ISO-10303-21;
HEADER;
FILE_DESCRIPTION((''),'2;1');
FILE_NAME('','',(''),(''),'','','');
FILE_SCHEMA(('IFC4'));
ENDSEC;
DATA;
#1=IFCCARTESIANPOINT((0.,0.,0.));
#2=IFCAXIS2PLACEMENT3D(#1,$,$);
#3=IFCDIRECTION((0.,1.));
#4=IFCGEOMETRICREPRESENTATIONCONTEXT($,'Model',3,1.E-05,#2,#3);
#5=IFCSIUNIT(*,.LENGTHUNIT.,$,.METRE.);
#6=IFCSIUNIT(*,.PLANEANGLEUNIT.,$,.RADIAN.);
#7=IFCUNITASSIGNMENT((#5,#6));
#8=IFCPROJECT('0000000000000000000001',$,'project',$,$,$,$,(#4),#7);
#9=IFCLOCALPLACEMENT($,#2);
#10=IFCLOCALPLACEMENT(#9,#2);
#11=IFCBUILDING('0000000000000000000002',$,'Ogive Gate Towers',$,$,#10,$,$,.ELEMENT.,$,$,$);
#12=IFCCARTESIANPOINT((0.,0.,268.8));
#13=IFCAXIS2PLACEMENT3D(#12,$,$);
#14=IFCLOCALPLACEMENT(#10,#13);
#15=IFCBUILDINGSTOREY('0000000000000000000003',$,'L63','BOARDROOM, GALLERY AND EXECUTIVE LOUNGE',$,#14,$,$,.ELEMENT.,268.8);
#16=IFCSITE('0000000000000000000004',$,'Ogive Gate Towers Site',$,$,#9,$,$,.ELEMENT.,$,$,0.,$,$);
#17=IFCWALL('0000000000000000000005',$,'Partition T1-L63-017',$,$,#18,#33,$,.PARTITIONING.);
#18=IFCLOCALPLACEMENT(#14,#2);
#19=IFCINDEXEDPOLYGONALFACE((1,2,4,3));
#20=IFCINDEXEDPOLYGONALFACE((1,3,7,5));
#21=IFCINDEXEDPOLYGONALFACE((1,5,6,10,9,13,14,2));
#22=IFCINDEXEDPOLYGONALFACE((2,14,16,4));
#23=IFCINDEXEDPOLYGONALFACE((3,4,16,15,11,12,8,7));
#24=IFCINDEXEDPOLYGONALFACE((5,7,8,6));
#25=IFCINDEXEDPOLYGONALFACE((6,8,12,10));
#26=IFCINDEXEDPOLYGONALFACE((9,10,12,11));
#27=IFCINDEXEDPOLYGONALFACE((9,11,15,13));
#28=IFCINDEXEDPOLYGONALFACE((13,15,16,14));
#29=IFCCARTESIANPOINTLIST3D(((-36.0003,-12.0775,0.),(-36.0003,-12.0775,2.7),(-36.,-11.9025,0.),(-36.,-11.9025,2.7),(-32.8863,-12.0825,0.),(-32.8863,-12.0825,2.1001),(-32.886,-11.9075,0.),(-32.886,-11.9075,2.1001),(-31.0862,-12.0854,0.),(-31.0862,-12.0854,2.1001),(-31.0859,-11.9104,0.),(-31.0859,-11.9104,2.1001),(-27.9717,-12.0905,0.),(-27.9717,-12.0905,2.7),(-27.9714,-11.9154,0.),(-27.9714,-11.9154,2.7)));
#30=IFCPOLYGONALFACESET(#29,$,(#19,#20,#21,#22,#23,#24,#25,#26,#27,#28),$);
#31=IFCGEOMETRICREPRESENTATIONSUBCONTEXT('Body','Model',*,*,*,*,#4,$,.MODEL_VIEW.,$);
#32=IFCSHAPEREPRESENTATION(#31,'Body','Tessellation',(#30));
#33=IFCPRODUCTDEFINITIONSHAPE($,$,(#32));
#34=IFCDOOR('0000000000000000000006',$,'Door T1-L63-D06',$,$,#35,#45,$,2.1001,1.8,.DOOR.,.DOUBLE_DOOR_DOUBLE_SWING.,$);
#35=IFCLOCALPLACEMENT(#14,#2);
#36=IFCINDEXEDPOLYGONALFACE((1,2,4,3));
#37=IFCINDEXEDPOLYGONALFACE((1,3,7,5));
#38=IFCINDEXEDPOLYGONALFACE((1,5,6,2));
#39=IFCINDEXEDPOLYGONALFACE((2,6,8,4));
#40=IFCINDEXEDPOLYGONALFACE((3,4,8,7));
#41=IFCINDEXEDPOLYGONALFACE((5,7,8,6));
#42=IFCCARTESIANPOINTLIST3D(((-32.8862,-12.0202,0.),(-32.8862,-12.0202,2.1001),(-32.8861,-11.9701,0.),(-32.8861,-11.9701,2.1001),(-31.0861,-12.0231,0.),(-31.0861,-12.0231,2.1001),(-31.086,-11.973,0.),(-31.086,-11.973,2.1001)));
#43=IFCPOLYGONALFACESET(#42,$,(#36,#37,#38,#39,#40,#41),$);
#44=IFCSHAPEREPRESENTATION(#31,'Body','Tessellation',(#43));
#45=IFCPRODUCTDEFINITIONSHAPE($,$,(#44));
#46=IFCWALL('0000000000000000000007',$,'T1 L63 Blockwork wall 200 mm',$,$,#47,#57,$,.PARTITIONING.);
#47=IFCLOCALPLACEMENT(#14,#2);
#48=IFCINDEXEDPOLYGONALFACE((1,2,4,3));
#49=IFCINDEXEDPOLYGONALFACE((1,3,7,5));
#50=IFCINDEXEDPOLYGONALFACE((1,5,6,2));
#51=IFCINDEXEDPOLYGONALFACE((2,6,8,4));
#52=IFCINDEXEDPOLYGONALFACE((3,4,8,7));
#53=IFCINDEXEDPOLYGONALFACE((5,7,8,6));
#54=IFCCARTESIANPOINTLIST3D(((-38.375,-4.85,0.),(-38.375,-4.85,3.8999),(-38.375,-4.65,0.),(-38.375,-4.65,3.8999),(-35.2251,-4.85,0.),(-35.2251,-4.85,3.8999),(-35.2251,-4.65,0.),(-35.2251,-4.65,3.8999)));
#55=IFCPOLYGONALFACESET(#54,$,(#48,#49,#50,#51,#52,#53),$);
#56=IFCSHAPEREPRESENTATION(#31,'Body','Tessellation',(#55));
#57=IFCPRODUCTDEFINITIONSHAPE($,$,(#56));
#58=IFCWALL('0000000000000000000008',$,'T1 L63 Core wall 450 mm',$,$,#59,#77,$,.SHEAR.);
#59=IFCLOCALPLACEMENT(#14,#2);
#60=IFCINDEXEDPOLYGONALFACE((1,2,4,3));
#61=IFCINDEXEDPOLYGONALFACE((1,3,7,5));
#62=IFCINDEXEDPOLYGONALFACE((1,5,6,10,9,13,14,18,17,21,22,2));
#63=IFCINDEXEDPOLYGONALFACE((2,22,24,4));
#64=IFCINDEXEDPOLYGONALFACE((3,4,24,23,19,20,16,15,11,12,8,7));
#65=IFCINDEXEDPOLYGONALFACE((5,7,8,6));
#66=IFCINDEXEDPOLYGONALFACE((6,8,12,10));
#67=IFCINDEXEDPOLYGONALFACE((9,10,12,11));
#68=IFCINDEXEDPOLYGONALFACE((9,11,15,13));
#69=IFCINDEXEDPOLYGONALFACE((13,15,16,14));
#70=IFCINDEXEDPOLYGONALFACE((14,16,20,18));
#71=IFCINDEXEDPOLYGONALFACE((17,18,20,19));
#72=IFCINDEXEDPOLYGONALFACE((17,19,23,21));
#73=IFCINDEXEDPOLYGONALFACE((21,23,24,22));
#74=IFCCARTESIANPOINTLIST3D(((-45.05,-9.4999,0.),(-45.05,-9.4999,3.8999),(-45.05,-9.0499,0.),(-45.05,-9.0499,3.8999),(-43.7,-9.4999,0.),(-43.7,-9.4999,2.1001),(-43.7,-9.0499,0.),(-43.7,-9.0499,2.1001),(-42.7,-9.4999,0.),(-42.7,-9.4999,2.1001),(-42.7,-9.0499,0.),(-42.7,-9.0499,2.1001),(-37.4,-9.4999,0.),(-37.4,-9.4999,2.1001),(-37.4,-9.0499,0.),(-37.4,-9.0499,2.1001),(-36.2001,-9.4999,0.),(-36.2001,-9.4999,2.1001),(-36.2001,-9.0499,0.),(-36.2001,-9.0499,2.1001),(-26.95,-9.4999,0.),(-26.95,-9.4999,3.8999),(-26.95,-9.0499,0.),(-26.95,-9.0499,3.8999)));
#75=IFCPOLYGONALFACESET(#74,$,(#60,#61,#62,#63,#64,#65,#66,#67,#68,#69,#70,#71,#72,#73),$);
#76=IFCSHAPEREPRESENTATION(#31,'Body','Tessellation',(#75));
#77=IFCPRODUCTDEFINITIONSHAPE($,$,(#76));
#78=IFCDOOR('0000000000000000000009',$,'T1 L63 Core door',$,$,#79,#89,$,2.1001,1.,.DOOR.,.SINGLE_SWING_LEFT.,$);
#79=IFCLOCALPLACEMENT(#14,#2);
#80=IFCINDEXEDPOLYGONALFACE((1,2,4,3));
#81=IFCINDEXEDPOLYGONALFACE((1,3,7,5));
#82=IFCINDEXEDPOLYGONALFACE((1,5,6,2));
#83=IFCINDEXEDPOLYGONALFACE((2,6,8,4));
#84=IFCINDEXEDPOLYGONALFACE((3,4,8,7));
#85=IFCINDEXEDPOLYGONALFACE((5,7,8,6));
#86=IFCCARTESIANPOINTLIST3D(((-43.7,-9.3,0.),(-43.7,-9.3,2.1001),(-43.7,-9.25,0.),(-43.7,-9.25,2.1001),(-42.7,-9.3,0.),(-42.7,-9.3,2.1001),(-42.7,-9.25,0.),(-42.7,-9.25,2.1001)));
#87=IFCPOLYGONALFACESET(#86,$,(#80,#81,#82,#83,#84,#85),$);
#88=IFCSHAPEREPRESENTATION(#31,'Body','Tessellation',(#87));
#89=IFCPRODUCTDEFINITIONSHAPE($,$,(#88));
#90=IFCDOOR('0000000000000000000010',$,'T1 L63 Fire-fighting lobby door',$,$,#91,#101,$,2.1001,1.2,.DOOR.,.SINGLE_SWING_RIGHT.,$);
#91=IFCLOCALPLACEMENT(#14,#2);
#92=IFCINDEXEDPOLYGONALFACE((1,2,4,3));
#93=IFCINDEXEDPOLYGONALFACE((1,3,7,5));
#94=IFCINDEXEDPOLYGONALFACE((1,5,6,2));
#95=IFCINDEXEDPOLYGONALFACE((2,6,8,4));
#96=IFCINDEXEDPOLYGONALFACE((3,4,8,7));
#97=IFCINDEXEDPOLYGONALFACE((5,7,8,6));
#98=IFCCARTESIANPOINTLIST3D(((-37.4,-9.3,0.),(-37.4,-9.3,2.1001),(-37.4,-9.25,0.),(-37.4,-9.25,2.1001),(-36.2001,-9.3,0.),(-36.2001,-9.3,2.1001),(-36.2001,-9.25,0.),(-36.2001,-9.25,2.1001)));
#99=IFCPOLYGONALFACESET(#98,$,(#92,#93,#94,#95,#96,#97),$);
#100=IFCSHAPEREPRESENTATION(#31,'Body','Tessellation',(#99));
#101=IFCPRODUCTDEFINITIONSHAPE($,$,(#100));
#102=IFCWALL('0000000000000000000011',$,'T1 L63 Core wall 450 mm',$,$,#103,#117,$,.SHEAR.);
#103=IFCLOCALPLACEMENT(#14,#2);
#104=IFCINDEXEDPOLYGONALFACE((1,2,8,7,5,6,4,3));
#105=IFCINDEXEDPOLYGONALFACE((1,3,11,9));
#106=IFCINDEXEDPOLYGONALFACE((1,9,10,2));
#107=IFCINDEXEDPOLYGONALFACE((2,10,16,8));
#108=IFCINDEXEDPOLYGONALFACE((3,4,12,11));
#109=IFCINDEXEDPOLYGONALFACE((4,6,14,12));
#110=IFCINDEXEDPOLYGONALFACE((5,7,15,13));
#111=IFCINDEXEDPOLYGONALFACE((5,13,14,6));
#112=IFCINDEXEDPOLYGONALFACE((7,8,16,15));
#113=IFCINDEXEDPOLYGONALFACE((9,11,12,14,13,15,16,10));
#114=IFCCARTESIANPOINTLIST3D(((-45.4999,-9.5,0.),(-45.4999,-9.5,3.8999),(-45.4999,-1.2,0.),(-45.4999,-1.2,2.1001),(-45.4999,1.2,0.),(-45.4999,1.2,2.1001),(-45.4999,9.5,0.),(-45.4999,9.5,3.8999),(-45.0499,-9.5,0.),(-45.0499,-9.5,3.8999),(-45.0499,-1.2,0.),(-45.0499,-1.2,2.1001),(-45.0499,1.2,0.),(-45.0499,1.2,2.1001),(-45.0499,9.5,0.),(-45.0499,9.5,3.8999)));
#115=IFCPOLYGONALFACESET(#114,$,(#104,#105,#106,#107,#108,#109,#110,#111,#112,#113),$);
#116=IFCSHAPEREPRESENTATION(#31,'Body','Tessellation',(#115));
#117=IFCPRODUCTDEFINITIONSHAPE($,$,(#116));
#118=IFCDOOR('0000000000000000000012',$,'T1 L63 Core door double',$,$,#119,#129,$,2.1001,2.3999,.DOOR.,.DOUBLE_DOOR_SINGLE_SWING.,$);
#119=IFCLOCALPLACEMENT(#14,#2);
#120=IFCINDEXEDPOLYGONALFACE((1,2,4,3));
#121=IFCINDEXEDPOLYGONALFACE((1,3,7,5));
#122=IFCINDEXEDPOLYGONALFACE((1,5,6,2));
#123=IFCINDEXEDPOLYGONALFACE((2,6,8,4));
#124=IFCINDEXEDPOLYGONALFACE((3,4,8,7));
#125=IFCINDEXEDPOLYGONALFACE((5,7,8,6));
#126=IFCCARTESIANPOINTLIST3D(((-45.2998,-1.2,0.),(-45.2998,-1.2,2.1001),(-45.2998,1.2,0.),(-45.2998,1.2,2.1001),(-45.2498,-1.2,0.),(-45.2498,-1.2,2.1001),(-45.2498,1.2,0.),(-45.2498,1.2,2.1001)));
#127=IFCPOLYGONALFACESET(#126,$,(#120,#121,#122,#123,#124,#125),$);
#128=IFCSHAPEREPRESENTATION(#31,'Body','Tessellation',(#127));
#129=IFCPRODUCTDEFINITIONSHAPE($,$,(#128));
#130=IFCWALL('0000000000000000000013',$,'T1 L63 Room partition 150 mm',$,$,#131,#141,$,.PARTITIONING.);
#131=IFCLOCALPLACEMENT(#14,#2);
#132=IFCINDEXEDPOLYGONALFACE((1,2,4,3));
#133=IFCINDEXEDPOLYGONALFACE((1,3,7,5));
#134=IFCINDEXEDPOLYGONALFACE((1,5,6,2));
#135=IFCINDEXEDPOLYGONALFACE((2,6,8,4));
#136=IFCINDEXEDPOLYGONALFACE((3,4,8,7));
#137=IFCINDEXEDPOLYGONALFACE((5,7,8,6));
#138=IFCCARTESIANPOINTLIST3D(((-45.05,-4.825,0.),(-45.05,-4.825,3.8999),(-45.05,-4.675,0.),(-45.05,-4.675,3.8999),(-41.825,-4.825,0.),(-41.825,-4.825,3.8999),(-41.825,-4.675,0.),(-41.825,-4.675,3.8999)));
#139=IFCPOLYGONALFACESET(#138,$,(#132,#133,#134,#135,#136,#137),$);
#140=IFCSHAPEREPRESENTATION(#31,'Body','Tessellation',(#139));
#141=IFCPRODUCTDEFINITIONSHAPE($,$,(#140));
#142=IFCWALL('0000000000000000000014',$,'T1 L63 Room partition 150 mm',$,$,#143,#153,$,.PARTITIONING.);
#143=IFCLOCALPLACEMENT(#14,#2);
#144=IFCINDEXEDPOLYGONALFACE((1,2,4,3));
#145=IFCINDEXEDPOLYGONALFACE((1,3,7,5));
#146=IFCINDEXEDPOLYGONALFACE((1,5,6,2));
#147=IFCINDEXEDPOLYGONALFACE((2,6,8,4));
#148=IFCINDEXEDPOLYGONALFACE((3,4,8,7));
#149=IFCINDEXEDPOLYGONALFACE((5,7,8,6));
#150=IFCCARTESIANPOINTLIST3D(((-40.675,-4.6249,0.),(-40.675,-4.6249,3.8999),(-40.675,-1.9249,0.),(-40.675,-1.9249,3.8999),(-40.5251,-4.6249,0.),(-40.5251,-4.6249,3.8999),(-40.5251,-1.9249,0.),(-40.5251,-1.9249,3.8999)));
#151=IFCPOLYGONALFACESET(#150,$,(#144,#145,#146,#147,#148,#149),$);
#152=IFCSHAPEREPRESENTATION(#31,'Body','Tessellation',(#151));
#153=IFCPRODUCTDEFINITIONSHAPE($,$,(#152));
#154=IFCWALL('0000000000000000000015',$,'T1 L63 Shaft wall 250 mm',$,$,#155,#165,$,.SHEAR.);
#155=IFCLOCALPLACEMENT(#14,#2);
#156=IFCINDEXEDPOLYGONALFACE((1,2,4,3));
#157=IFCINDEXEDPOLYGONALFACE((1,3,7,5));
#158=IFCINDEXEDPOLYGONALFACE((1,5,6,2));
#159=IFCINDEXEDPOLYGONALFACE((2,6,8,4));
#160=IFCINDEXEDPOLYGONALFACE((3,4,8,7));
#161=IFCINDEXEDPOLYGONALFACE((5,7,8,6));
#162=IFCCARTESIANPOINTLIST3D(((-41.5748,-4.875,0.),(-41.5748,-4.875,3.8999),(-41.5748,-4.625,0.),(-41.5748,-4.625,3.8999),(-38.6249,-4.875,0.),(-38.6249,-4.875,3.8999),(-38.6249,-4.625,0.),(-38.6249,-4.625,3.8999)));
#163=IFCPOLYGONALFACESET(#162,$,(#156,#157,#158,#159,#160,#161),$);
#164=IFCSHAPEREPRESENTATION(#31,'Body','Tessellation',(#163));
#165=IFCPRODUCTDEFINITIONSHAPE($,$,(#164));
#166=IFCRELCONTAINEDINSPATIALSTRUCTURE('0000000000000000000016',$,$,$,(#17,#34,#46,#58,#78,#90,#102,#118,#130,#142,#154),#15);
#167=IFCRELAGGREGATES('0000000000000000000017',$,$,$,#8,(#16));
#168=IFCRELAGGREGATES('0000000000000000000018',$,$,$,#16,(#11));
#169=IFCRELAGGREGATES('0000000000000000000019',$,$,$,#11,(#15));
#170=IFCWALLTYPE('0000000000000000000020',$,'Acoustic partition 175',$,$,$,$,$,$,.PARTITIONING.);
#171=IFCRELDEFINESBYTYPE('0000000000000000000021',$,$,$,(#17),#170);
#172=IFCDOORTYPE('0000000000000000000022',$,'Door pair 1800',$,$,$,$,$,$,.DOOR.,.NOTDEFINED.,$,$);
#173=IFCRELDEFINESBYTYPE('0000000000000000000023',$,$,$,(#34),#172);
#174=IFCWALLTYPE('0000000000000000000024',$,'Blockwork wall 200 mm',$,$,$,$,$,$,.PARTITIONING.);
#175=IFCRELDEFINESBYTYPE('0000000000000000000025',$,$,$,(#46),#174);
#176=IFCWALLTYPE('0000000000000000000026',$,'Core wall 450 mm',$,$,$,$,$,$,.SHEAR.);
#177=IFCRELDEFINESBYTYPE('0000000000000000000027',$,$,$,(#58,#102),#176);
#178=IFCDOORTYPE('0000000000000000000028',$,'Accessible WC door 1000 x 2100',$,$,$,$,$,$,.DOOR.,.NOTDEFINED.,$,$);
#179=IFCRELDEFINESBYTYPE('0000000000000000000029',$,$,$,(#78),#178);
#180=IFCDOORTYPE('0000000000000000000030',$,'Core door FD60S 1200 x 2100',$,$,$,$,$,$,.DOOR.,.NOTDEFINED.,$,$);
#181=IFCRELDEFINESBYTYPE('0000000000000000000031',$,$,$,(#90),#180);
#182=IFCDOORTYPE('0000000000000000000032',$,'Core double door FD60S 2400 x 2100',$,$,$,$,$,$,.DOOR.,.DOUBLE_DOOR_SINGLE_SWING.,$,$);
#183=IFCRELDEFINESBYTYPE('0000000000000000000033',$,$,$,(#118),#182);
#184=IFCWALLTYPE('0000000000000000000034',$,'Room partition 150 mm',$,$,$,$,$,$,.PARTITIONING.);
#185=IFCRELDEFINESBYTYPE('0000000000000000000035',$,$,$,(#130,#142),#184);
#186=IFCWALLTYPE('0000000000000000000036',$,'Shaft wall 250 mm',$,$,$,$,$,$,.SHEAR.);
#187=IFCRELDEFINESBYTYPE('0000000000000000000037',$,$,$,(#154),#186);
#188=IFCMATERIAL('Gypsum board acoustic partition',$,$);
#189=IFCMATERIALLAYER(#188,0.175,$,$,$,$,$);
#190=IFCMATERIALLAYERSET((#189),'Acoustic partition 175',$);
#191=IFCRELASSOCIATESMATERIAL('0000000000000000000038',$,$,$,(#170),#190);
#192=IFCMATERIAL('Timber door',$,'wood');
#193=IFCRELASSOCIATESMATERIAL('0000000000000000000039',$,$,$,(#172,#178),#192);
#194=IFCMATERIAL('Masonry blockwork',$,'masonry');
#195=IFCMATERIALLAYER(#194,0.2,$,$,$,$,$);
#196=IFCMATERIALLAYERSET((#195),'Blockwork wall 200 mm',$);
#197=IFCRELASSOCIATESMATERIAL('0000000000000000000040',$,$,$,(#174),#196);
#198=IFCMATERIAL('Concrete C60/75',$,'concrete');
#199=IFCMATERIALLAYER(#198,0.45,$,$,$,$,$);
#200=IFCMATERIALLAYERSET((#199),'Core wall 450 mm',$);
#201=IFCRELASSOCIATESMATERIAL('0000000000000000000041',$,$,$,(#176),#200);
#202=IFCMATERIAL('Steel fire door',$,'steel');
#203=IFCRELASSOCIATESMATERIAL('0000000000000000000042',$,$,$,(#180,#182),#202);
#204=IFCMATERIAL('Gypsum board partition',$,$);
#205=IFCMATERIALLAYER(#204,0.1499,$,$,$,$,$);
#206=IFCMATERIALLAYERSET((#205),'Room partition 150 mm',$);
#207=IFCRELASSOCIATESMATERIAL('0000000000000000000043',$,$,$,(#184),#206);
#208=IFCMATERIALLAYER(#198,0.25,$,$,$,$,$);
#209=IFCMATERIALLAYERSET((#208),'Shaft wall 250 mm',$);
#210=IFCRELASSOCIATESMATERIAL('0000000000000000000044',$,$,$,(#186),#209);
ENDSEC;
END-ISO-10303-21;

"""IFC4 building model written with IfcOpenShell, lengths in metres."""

from ifc_helpers import new_model, si_unit, direction, frame, frame_2d, origin, place, context, subcontext, project, spatial, rectangle, extrude, material, layer, layer_set, type_object, element, fill, save


model = new_model("IFC4")

# Units and contexts
model_context = context("Model", 3, precision=1e-05, world=origin(), true_north=direction((0.0, 1.0)))
body_context = subcontext(model_context, "Body", "Model", "MODEL_VIEW")
ifc_project = project(units=[si_unit("LENGTHUNIT", "METRE"), si_unit("PLANEANGLEUNIT", "RADIAN")], contexts=[model_context])

# Site, building, storey
site_placement = place(None, origin())
site = spatial("IfcSite", under=ifc_project, at=site_placement, Name="Ogive Gate Towers Site", CompositionType="ELEMENT", RefElevation=0.0)
building_placement = place(site_placement, origin())
building = spatial("IfcBuilding", under=site, at=building_placement, Name="Ogive Gate Towers", CompositionType="ELEMENT")
storey_placement = place(building_placement, frame((0.0, 0.0, 268.8)))
storey = spatial("IfcBuildingStorey", under=building, at=storey_placement, Name="L63", Description="BOARDROOM, GALLERY AND EXECUTIVE LOUNGE", CompositionType="ELEMENT", Elevation=268.8)

# Wall, opening, door
ifc_material_1 = material(Name="Gypsum board acoustic partition")
ifc_layer_1 = layer(ifc_material_1, 0.175)
ifc_layer_set_1 = layer_set([ifc_layer_1], Name="Acoustic partition 175")
wall_type_1 = type_object("IfcWallType", Name="Acoustic partition 175", PredefinedType="PARTITIONING", material=ifc_layer_set_1)
wall_1_placement = place(storey_placement, frame((-36.0, -11.99, 0.0), z_axis=(0.0, 0.0, 1.0), x_axis=(0.999999, -0.001612, 0.0)))
wall_1 = element("IfcWall", 1, at=wall_1_placement, inside=storey, type_object=wall_type_1, Name="Partition T1-L63-017", PredefinedType="PARTITIONING", context=body_context, shape_type="SweptSolid", body=[
    extrude(rectangle(XDim=8.0286, YDim=0.175, at=frame_2d((4.0142, 0.0))), origin(), (0.0, 0.0, 1.0), 2.7),
])
opening_1_placement = place(wall_1_placement, frame((3.114, 0.0, 0.0)))
opening_1 = element("IfcOpeningElement", 2, at=opening_1_placement, cuts=wall_1, PredefinedType="OPENING", context=body_context, shape_type="SweptSolid", body=[
    extrude(rectangle(XDim=1.8, YDim=2.1001, at=frame_2d((0.8999, 1.05))), frame((0.0, 0.0977, 0.0), z_axis=(0.0, -1.0, 0.0), x_axis=(1.0, 0.0, 0.0)), (0.0, 0.0, 1.0), 0.1951),
])
ifc_material_2 = material(Name="Timber door", Category="wood")
door_type_1 = type_object("IfcDoorType", Name="Door pair 1800", OperationType="NOTDEFINED", PredefinedType="DOOR", material=ifc_material_2)
door_1_placement = place(opening_1_placement, origin())
door_1 = element("IfcDoor", 3, at=door_1_placement, inside=storey, type_object=door_type_1, Name="Door T1-L63-D06", OperationType="DOUBLE_DOOR_DOUBLE_SWING", OverallHeight=2.1001, OverallWidth=1.8, PredefinedType="DOOR", context=body_context, shape_type="SweptSolid", body=[
    extrude(rectangle(XDim=1.8, YDim=2.1001, at=frame_2d((0.8999, 1.05))), frame((0.0, 0.0249, 0.0), z_axis=(0.0, -1.0, 0.0), x_axis=(1.0, 0.0, 0.0)), (0.0, 0.0, 1.0), 0.05),
])
fill(opening_1, door_1)

# Wall
ifc_material_3 = material(Name="Masonry blockwork", Category="masonry")
ifc_layer_2 = layer(ifc_material_3, 0.2)
ifc_layer_set_2 = layer_set([ifc_layer_2], Name="Blockwork wall 200 mm")
wall_type_2 = type_object("IfcWallType", Name="Blockwork wall 200 mm", PredefinedType="PARTITIONING", material=ifc_layer_set_2)
wall_2_placement = place(storey_placement, frame((-38.375, -4.75, 0.0), z_axis=(0.0, 0.0, 1.0), x_axis=(1.0, 0.0, 0.0)))
element("IfcWall", 4, at=wall_2_placement, inside=storey, type_object=wall_type_2, Name="T1 L63 Blockwork wall 200 mm", PredefinedType="PARTITIONING", context=body_context, shape_type="SweptSolid", body=[
    extrude(rectangle(XDim=3.1499, YDim=0.2, at=frame_2d((1.575, 0.0))), origin(), (0.0, 0.0, 1.0), 3.8999),
])

# Wall, openings, doors
ifc_material_4 = material(Name="Concrete C60/75", Category="concrete")
ifc_layer_3 = layer(ifc_material_4, 0.45)
ifc_layer_set_3 = layer_set([ifc_layer_3], Name="Core wall 450 mm")
wall_type_3 = type_object("IfcWallType", Name="Core wall 450 mm", PredefinedType="SHEAR", material=ifc_layer_set_3)
wall_3_placement = place(storey_placement, frame((-45.05, -9.2749, 0.0), z_axis=(0.0, 0.0, 1.0), x_axis=(1.0, 0.0, 0.0)))
wall_3 = element("IfcWall", 5, at=wall_3_placement, inside=storey, type_object=wall_type_3, Name="T1 L63 Core wall 450 mm", PredefinedType="SHEAR", context=body_context, shape_type="SweptSolid", body=[
    extrude(rectangle(XDim=18.1001, YDim=0.45, at=frame_2d((9.05, 0.0))), origin(), (0.0, 0.0, 1.0), 3.8999),
])
opening_2_placement = place(wall_3_placement, frame((7.6499, 0.0, 0.0)))
opening_2 = element("IfcOpeningElement", 6, at=opening_2_placement, cuts=wall_3, PredefinedType="OPENING", context=body_context, shape_type="SweptSolid", body=[
    extrude(rectangle(XDim=1.2, YDim=2.1001, at=frame_2d((0.6001, 1.05))), frame((0.0, 0.2349, 0.0), z_axis=(0.0, -1.0, 0.0), x_axis=(1.0, 0.0, 0.0)), (0.0, 0.0, 1.0), 0.47),
])
opening_3_placement = place(wall_3_placement, frame((1.3501, 0.0, 0.0)))
opening_3 = element("IfcOpeningElement", 7, at=opening_3_placement, cuts=wall_3, PredefinedType="OPENING", context=body_context, shape_type="SweptSolid", body=[
    extrude(rectangle(XDim=1.0, YDim=2.1001, at=frame_2d((0.5, 1.05))), frame((0.0, 0.2349, 0.0), z_axis=(0.0, -1.0, 0.0), x_axis=(1.0, 0.0, 0.0)), (0.0, 0.0, 1.0), 0.47),
])
door_type_2 = type_object("IfcDoorType", Name="Accessible WC door 1000 x 2100", OperationType="NOTDEFINED", PredefinedType="DOOR", material=ifc_material_2)
door_2_placement = place(opening_3_placement, origin())
door_2 = element("IfcDoor", 8, at=door_2_placement, inside=storey, type_object=door_type_2, Name="T1 L63 Core door", OperationType="SINGLE_SWING_LEFT", OverallHeight=2.1001, OverallWidth=1.0, PredefinedType="DOOR", context=body_context, shape_type="SweptSolid", body=[
    extrude(rectangle(XDim=1.0, YDim=2.1001, at=frame_2d((0.5, 1.05))), frame((0.0, 0.0249, 0.0), z_axis=(0.0, -1.0, 0.0), x_axis=(1.0, 0.0, 0.0)), (0.0, 0.0, 1.0), 0.05),
])
fill(opening_3, door_2)
ifc_material_5 = material(Name="Steel fire door", Category="steel")
door_type_3 = type_object("IfcDoorType", Name="Core door FD60S 1200 x 2100", OperationType="NOTDEFINED", PredefinedType="DOOR", material=ifc_material_5)
door_3_placement = place(opening_2_placement, origin())
door_3 = element("IfcDoor", 9, at=door_3_placement, inside=storey, type_object=door_type_3, Name="T1 L63 Fire-fighting lobby door", OperationType="SINGLE_SWING_RIGHT", OverallHeight=2.1001, OverallWidth=1.2, PredefinedType="DOOR", context=body_context, shape_type="SweptSolid", body=[
    extrude(rectangle(XDim=1.2, YDim=2.1001, at=frame_2d((0.6001, 1.05))), frame((0.0, 0.0249, 0.0), z_axis=(0.0, -1.0, 0.0), x_axis=(1.0, 0.0, 0.0)), (0.0, 0.0, 1.0), 0.05),
])
fill(opening_2, door_3)

# Wall, opening, door
wall_4_placement = place(storey_placement, frame((-45.2749, -9.5, 0.0), z_axis=(0.0, 0.0, 1.0), x_axis=(0.0, 1.0, 0.0)))
wall_4 = element("IfcWall", 10, at=wall_4_placement, inside=storey, type_object=wall_type_3, Name="T1 L63 Core wall 450 mm", PredefinedType="SHEAR", context=body_context, shape_type="SweptSolid", body=[
    extrude(rectangle(XDim=19.0, YDim=0.45, at=frame_2d((9.5, 0.0))), origin(), (0.0, 0.0, 1.0), 3.8999),
])
opening_4_placement = place(wall_4_placement, frame((8.3, 0.0, 0.0)))
opening_4 = element("IfcOpeningElement", 11, at=opening_4_placement, cuts=wall_4, PredefinedType="OPENING", context=body_context, shape_type="SweptSolid", body=[
    extrude(rectangle(XDim=2.3999, YDim=2.1001, at=frame_2d((1.2, 1.05))), frame((0.0, 0.2349, 0.0), z_axis=(0.0, -1.0, 0.0), x_axis=(1.0, 0.0, 0.0)), (0.0, 0.0, 1.0), 0.47),
])
door_type_4 = type_object("IfcDoorType", Name="Core double door FD60S 2400 x 2100", OperationType="DOUBLE_DOOR_SINGLE_SWING", PredefinedType="DOOR", material=ifc_material_5)
door_4_placement = place(opening_4_placement, origin())
door_4 = element("IfcDoor", 12, at=door_4_placement, inside=storey, type_object=door_type_4, Name="T1 L63 Core door double", OperationType="DOUBLE_DOOR_SINGLE_SWING", OverallHeight=2.1001, OverallWidth=2.3999, PredefinedType="DOOR", context=body_context, shape_type="SweptSolid", body=[
    extrude(rectangle(XDim=2.3999, YDim=2.1001, at=frame_2d((1.2, 1.05))), frame((0.0, 0.0249, 0.0), z_axis=(0.0, -1.0, 0.0), x_axis=(1.0, 0.0, 0.0)), (0.0, 0.0, 1.0), 0.05),
])
fill(opening_4, door_4)

# Walls
ifc_material_6 = material(Name="Gypsum board partition")
ifc_layer_4 = layer(ifc_material_6, 0.1499)
ifc_layer_set_4 = layer_set([ifc_layer_4], Name="Room partition 150 mm")
wall_type_4 = type_object("IfcWallType", Name="Room partition 150 mm", PredefinedType="PARTITIONING", material=ifc_layer_set_4)
wall_5_placement = place(storey_placement, frame((-45.05, -4.75, 0.0), z_axis=(0.0, 0.0, 1.0), x_axis=(1.0, 0.0, 0.0)))
element("IfcWall", 13, at=wall_5_placement, inside=storey, type_object=wall_type_4, Name="T1 L63 Room partition 150 mm", PredefinedType="PARTITIONING", context=body_context, shape_type="SweptSolid", body=[
    extrude(rectangle(XDim=3.2251, YDim=0.1499, at=frame_2d((1.6125, 0.0))), origin(), (0.0, 0.0, 1.0), 3.8999),
])
wall_6_placement = place(storey_placement, frame((-40.6001, -4.625, 0.0), z_axis=(0.0, 0.0, 1.0), x_axis=(0.0, 1.0, 0.0)))
element("IfcWall", 14, at=wall_6_placement, inside=storey, type_object=wall_type_4, Name="T1 L63 Room partition 150 mm", PredefinedType="PARTITIONING", context=body_context, shape_type="SweptSolid", body=[
    extrude(rectangle(XDim=2.7, YDim=0.1499, at=frame_2d((1.3501, 0.0))), origin(), (0.0, 0.0, 1.0), 3.8999),
])
ifc_layer_5 = layer(ifc_material_4, 0.25)
ifc_layer_set_5 = layer_set([ifc_layer_5], Name="Shaft wall 250 mm")
wall_type_5 = type_object("IfcWallType", Name="Shaft wall 250 mm", PredefinedType="SHEAR", material=ifc_layer_set_5)
wall_7_placement = place(storey_placement, frame((-41.575, -4.75, 0.0), z_axis=(0.0, 0.0, 1.0), x_axis=(1.0, 0.0, 0.0)))
element("IfcWall", 15, at=wall_7_placement, inside=storey, type_object=wall_type_5, Name="T1 L63 Shaft wall 250 mm", PredefinedType="SHEAR", context=body_context, shape_type="SweptSolid", body=[
    extrude(rectangle(XDim=2.95, YDim=0.25, at=frame_2d((1.4751, 0.0))), origin(), (0.0, 0.0, 1.0), 3.8999),
])

save(model, "model.ifc")
